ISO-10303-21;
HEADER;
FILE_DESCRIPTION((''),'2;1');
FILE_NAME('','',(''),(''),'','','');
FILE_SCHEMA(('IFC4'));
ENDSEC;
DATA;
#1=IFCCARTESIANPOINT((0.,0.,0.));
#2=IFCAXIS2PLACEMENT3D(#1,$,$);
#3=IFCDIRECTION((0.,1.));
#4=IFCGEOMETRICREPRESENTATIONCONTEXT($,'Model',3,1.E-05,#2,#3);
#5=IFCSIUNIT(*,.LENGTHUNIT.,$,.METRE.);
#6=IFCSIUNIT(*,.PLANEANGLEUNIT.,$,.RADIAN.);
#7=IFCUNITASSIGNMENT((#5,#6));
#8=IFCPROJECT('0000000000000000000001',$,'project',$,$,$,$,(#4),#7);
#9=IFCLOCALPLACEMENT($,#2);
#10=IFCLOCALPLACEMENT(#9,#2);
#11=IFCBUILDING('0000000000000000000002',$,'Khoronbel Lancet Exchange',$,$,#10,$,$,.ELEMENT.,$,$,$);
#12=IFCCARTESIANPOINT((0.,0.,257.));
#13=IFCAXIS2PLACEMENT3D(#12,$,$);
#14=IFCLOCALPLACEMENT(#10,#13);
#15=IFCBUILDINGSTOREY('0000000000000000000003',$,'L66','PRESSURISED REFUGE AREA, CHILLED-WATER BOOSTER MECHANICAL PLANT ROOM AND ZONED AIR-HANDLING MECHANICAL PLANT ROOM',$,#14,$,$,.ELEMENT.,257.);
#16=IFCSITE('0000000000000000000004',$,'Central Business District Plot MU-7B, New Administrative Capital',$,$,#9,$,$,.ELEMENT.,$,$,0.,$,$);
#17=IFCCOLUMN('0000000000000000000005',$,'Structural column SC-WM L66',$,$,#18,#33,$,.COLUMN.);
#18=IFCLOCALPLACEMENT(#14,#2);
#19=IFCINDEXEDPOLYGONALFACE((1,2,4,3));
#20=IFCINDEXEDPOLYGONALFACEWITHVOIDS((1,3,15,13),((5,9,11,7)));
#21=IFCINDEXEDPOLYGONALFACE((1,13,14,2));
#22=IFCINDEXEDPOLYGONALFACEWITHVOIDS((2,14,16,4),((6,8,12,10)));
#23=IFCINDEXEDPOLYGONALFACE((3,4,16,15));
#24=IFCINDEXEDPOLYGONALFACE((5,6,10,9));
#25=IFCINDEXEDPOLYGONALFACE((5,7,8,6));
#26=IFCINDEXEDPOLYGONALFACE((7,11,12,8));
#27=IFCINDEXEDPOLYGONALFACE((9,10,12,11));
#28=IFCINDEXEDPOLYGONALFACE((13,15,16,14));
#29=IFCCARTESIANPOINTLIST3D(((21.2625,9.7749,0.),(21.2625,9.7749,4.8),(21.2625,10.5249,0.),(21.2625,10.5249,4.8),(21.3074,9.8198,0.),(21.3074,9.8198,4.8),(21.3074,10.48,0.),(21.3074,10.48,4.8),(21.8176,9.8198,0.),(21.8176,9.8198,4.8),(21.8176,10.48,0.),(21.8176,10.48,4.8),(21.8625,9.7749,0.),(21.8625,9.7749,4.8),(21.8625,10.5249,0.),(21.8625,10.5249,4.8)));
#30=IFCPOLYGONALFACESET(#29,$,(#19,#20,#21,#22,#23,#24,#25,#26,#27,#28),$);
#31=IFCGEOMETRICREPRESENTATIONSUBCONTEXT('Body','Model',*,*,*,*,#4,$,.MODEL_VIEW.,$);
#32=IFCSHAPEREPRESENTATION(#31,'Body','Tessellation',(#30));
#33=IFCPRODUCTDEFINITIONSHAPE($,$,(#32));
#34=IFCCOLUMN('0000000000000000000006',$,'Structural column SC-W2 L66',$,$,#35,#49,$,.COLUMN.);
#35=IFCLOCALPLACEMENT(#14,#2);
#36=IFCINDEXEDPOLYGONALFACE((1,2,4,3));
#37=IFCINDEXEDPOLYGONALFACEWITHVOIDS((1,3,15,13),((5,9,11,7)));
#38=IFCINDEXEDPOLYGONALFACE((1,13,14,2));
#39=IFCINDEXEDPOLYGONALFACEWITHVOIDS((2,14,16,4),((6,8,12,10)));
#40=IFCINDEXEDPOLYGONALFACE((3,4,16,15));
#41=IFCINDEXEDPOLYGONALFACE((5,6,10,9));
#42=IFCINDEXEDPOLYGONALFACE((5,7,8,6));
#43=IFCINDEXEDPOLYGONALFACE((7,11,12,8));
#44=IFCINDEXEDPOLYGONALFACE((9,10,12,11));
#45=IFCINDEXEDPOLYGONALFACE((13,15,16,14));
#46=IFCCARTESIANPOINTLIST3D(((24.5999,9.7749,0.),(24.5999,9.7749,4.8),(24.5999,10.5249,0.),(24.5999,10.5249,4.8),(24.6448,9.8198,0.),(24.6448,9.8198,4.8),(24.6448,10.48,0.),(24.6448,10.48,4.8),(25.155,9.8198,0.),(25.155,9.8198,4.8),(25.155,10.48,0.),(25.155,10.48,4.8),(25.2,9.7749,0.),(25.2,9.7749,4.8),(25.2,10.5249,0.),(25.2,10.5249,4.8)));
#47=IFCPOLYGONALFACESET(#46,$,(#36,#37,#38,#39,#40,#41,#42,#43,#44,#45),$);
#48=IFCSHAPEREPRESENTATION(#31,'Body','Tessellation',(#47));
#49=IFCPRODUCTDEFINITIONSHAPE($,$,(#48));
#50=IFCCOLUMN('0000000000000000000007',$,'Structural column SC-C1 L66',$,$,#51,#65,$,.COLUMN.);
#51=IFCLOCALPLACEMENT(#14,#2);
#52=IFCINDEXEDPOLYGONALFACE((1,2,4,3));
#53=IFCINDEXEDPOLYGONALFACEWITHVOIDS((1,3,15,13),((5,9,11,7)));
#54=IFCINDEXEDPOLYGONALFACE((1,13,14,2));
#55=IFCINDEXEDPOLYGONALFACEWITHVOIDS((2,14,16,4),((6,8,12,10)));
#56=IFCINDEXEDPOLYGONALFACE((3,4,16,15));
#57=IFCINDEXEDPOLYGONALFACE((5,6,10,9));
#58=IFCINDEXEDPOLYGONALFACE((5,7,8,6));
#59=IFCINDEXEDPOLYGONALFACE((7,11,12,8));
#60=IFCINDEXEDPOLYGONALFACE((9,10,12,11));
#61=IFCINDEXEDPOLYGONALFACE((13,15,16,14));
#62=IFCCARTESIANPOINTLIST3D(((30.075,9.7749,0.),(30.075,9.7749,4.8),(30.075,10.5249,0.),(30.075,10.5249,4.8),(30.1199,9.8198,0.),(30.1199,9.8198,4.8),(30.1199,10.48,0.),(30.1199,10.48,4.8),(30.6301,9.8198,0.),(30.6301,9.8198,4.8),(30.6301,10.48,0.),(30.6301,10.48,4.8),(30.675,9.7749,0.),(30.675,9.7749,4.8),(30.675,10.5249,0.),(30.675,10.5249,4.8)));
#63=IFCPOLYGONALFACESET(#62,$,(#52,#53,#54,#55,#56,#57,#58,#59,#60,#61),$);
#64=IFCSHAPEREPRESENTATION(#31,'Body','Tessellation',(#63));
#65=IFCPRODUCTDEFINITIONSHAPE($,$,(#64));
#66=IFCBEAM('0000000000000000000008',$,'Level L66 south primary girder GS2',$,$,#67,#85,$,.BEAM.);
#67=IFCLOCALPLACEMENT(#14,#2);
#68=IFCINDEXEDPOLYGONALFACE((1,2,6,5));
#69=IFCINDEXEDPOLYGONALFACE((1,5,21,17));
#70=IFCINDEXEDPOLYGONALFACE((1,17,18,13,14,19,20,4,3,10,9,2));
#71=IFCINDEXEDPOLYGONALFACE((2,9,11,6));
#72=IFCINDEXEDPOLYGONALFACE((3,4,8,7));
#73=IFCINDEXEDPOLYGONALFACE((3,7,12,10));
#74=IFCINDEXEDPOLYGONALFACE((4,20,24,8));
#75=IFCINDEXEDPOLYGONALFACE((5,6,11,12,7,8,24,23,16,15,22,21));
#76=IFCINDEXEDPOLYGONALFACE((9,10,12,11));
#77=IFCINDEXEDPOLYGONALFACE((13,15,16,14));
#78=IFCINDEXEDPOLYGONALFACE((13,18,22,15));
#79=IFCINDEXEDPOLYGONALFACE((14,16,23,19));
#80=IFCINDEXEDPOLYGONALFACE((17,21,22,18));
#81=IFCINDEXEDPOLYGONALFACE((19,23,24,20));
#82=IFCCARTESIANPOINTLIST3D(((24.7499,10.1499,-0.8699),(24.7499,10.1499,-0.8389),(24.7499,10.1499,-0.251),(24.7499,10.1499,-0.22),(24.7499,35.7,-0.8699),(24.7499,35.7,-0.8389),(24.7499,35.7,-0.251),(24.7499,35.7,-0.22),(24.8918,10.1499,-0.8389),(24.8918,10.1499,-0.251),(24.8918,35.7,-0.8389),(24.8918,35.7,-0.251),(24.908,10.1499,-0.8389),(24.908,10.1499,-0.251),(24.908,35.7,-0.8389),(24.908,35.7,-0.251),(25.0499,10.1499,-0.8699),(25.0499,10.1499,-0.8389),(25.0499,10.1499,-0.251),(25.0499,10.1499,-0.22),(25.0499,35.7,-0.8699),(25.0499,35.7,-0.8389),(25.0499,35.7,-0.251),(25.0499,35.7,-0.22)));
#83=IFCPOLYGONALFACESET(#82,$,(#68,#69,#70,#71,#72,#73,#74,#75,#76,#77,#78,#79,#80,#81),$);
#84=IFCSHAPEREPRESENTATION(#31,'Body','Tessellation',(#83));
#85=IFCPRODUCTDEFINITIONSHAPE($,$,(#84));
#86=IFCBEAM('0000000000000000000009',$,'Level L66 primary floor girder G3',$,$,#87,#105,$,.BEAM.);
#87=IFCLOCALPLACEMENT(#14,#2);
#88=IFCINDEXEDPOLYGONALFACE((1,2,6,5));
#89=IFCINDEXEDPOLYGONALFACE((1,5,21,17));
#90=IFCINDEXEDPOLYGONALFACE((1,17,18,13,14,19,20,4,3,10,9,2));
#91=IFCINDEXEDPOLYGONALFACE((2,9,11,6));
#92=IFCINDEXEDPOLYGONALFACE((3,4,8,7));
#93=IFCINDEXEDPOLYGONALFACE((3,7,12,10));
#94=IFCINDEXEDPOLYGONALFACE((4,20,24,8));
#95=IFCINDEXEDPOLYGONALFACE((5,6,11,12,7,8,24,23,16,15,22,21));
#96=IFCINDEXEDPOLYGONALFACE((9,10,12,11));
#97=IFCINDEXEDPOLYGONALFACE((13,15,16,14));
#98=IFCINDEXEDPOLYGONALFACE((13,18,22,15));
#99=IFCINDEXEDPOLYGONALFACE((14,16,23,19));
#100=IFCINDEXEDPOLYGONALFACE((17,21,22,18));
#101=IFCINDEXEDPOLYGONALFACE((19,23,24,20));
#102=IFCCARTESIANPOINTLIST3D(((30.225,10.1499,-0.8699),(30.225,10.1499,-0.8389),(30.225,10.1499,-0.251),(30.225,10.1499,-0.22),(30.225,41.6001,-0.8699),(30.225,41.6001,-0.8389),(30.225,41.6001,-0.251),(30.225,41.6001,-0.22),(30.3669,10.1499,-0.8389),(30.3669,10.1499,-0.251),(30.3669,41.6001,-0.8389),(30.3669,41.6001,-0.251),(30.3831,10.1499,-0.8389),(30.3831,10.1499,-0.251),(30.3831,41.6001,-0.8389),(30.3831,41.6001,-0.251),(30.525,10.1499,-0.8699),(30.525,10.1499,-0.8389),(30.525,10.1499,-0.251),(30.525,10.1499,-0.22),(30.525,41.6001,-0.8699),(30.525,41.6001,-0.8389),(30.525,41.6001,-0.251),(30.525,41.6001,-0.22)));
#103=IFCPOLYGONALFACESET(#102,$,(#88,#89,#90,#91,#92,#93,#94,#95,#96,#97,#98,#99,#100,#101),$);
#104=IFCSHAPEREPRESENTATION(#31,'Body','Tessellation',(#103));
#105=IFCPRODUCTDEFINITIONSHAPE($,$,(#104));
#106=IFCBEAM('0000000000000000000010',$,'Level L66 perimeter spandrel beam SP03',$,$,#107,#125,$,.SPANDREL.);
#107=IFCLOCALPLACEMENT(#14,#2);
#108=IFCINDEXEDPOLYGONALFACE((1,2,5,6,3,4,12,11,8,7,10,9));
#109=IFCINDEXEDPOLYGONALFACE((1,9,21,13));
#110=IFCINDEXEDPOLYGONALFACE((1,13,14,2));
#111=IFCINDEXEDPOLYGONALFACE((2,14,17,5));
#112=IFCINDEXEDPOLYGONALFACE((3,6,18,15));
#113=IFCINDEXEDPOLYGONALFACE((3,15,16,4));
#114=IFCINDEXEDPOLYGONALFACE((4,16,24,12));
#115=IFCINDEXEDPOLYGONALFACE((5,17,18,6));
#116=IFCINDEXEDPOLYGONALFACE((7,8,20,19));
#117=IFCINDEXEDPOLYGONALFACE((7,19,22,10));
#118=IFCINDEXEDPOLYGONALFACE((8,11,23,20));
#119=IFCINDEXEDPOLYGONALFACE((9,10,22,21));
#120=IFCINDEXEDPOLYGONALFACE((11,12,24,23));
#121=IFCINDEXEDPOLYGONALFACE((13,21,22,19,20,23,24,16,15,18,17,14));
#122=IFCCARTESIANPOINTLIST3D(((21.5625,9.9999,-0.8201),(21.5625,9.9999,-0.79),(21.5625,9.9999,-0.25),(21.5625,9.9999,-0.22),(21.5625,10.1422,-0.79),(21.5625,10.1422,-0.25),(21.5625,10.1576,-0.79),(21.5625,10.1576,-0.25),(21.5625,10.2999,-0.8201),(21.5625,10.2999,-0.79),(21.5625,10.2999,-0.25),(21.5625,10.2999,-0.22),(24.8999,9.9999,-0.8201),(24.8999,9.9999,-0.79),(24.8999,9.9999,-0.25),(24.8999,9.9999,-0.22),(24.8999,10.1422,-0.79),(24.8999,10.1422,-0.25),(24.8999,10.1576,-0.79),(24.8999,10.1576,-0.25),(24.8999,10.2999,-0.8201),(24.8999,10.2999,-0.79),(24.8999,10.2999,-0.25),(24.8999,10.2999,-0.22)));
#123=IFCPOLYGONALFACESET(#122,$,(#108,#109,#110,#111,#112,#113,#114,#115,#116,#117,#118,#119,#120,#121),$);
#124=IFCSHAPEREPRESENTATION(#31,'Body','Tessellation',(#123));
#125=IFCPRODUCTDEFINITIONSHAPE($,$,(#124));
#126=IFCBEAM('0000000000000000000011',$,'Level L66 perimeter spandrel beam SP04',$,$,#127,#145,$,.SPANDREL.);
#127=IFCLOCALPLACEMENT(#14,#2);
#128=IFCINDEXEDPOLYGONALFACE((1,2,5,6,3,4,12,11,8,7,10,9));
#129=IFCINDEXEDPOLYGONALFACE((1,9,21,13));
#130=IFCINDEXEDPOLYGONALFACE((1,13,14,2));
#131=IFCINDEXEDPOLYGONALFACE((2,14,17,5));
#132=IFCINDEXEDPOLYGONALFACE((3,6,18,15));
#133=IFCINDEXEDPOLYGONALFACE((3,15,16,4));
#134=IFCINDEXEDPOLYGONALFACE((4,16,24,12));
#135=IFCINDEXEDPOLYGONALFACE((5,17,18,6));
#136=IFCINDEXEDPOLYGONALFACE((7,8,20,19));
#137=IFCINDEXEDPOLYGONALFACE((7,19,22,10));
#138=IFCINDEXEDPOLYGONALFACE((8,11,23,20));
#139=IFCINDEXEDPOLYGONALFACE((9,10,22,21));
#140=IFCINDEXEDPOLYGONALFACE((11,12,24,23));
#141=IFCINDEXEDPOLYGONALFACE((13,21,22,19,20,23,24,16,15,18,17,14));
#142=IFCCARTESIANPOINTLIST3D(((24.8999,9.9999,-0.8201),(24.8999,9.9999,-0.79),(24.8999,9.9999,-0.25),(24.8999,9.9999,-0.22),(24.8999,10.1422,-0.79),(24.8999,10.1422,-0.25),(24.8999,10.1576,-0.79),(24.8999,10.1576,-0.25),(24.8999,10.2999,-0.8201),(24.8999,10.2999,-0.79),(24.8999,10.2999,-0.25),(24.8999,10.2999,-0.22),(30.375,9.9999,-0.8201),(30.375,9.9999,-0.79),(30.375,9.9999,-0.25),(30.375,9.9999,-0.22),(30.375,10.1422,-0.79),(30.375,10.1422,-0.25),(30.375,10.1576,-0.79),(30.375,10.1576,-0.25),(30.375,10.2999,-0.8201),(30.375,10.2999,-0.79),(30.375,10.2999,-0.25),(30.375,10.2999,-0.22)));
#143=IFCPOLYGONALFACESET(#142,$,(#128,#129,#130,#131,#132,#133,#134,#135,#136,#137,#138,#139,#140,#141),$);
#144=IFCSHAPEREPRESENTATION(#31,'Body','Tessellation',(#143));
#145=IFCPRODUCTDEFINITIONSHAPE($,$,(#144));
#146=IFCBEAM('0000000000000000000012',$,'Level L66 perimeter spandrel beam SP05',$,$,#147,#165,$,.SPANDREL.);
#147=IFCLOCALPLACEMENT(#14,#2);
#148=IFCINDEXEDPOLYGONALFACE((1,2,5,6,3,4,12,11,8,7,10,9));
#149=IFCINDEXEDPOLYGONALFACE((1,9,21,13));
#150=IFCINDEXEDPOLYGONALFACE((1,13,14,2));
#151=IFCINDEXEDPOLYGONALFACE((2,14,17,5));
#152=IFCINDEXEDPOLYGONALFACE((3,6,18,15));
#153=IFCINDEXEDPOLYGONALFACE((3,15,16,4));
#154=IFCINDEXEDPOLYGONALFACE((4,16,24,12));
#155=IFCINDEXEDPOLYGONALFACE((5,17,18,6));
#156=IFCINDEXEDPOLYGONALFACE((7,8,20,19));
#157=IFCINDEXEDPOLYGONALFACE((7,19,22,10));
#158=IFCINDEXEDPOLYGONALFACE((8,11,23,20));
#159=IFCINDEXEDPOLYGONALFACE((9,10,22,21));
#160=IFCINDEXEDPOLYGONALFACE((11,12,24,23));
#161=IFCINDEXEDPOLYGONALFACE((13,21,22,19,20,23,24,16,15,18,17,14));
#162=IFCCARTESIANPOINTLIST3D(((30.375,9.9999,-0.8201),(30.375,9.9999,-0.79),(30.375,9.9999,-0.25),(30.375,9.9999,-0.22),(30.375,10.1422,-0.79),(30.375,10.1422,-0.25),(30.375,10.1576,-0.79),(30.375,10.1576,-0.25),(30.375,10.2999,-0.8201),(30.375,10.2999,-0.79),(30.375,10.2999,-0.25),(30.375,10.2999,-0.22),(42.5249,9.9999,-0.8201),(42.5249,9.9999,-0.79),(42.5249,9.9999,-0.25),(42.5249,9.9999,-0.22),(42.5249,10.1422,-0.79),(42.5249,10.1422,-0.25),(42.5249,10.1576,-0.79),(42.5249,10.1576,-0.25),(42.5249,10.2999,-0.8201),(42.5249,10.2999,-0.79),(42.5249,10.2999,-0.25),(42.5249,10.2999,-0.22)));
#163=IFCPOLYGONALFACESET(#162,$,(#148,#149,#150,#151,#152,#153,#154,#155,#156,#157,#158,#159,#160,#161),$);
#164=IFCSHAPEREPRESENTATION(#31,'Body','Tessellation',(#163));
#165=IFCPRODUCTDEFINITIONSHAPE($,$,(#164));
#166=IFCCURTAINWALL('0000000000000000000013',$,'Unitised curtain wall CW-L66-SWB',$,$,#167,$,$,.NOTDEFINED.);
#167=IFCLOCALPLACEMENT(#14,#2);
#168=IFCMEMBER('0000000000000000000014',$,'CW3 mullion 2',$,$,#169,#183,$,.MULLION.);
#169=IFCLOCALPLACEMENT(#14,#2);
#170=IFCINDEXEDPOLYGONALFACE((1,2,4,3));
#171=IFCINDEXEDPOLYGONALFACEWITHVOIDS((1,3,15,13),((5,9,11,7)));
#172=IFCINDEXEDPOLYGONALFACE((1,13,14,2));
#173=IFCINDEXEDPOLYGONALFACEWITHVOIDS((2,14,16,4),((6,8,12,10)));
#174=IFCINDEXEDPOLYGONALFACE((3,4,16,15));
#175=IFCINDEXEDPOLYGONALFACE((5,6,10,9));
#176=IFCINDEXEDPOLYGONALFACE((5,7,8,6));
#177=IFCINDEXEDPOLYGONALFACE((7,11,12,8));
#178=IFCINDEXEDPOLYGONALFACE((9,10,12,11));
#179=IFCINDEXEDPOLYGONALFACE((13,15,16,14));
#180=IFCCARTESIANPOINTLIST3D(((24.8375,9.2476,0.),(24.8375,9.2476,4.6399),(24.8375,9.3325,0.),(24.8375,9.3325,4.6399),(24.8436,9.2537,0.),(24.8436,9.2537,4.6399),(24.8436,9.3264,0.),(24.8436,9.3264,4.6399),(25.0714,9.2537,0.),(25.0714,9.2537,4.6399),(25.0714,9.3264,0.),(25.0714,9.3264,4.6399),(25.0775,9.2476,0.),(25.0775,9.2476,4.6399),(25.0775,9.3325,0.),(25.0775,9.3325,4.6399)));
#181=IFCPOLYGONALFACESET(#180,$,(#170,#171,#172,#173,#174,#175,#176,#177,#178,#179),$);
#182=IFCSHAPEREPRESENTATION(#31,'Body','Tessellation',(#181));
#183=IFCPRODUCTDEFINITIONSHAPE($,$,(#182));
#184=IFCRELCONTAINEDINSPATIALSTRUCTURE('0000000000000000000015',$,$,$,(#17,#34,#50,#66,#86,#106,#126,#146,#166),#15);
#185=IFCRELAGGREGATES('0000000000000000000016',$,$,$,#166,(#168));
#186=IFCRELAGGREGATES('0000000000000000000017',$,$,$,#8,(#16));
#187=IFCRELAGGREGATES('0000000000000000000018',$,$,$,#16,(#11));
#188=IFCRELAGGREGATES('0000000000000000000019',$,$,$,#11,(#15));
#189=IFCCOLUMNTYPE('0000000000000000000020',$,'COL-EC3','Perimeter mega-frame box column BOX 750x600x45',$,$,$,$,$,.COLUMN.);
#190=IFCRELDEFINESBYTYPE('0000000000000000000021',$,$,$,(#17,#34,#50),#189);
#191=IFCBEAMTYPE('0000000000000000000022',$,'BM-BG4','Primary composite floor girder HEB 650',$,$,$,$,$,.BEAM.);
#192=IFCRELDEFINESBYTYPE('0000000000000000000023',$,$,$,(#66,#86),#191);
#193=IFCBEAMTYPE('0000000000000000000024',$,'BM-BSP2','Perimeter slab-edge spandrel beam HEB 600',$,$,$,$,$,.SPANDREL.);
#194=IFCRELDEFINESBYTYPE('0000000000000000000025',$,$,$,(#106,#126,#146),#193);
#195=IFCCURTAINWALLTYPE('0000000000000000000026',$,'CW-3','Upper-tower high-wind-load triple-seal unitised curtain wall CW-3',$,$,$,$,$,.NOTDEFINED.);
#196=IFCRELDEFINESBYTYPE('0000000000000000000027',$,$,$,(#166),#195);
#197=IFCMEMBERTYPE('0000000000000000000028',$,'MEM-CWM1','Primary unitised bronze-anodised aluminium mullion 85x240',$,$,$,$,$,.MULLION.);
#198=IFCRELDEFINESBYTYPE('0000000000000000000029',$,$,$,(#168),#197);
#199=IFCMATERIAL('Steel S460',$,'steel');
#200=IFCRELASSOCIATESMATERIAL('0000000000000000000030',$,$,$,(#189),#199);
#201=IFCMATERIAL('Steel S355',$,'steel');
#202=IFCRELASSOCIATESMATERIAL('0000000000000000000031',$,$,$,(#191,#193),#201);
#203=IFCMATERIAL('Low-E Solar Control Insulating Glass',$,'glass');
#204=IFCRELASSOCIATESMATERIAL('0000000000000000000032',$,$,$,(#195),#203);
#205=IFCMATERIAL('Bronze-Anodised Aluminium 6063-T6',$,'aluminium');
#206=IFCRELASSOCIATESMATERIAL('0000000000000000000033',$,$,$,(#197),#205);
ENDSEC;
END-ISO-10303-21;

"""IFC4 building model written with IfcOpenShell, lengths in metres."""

from ifc_helpers import new_model, si_unit, direction, frame, origin, origin_2d, place, context, subcontext, project, spatial, hollow_rectangle, i_section, extrude, material, material_profile, profile_set, type_object, element, aggregate, save


model = new_model("IFC4")

# Units and contexts
model_context = context("Model", 3, precision=1e-05, world=origin(), true_north=direction((0.0, 1.0)))
body_context = subcontext(model_context, "Body", "Model", "MODEL_VIEW")
ifc_project = project(units=[si_unit("LENGTHUNIT", "METRE"), si_unit("PLANEANGLEUNIT", "RADIAN")], contexts=[model_context])

# Site, building, storey
site_placement = place(None, origin())
site = spatial("IfcSite", under=ifc_project, at=site_placement, Name="Central Business District Plot MU-7B, New Administrative Capital", CompositionType="ELEMENT", RefElevation=0.0)
building_placement = place(site_placement, origin())
building = spatial("IfcBuilding", under=site, at=building_placement, Name="Khoronbel Lancet Exchange", CompositionType="ELEMENT")
storey_placement = place(building_placement, frame((0.0, 0.0, 257.0)))
storey = spatial("IfcBuildingStorey", under=building, at=storey_placement, Name="L66", Description="PRESSURISED REFUGE AREA, CHILLED-WATER BOOSTER MECHANICAL PLANT ROOM AND ZONED AIR-HANDLING MECHANICAL PLANT ROOM", CompositionType="ELEMENT", Elevation=257.0)

# Columns
ifc_material_1 = material(Name="Steel S460", Category="steel")
ifc_material_profile_1 = material_profile(ifc_material_1, hollow_rectangle(XDim=0.6001, YDim=0.75, WallThickness=0.0449, at=origin_2d()), Name="BOX 750x600x45")
ifc_profile_set_1 = profile_set([ifc_material_profile_1], Name="Steel S460")
column_type = type_object("IfcColumnType", Name="COL-EC3", Description="Perimeter mega-frame box column BOX 750x600x45", PredefinedType="COLUMN", material=ifc_profile_set_1)
for number, where, z_axis, x_axis, name in (
    (1, (21.5625, 10.1499, 0.0), (0.0, 0.0, 1.0), (1.0, 0.0, 0.0), "Structural column SC-WM L66"),
    (2, (24.8999, 10.1499, 0.0), (0.0, 0.0, 1.0), (1.0, 0.0, 0.0), "Structural column SC-W2 L66"),
    (3, (30.375, 10.1499, 0.0), (0.0, 0.0, 1.0), (1.0, 0.0, 0.0), "Structural column SC-C1 L66"),
):
    element("IfcColumn", number, at=place(storey_placement, frame(where, z_axis=z_axis, x_axis=x_axis)), inside=storey, type_object=column_type, Name=name, PredefinedType="COLUMN", context=body_context, shape_type="SweptSolid", body=[
        extrude(hollow_rectangle(XDim=0.6001, YDim=0.75, WallThickness=0.0449, at=origin_2d()), origin(), (0.0, 0.0, 1.0), 4.8),
    ])

# Beams
ifc_material_2 = material(Name="Steel S355", Category="steel")
ifc_material_profile_2 = material_profile(ifc_material_2, i_section(OverallWidth=0.3, OverallDepth=0.6499, WebThickness=0.0161, FlangeThickness=0.031, at=origin_2d()), Name="HEB 650")
ifc_profile_set_2 = profile_set([ifc_material_profile_2], Name="Steel S355")
beam_type_1 = type_object("IfcBeamType", Name="BM-BG4", Description="Primary composite floor girder HEB 650", PredefinedType="BEAM", material=ifc_profile_set_2)
beam_1_placement = place(storey_placement, frame((24.8999, 10.1499, -0.5449), z_axis=(0.0, 1.0, 0.0), x_axis=(-1.0, 0.0, 0.0)))
element("IfcBeam", 4, at=beam_1_placement, inside=storey, type_object=beam_type_1, Name="Level L66 south primary girder GS2", PredefinedType="BEAM", context=body_context, shape_type="SweptSolid", body=[
    extrude(i_section(OverallWidth=0.3, OverallDepth=0.6499, WebThickness=0.0161, FlangeThickness=0.031, at=origin_2d()), origin(), (0.0, 0.0, 1.0), 25.55),
])
beam_2_placement = place(storey_placement, frame((30.375, 10.1499, -0.5449), z_axis=(0.0, 1.0, 0.0), x_axis=(-1.0, 0.0, 0.0)))
element("IfcBeam", 5, at=beam_2_placement, inside=storey, type_object=beam_type_1, Name="Level L66 primary floor girder G3", PredefinedType="BEAM", context=body_context, shape_type="SweptSolid", body=[
    extrude(i_section(OverallWidth=0.3, OverallDepth=0.6499, WebThickness=0.0161, FlangeThickness=0.031, at=origin_2d()), origin(), (0.0, 0.0, 1.0), 31.4502),
])
ifc_material_profile_3 = material_profile(ifc_material_2, i_section(OverallWidth=0.3, OverallDepth=0.6001, WebThickness=0.0154, FlangeThickness=0.03, at=origin_2d()), Name="HEB 600")
ifc_profile_set_3 = profile_set([ifc_material_profile_3], Name="Steel S355")
beam_type_2 = type_object("IfcBeamType", Name="BM-BSP2", Description="Perimeter slab-edge spandrel beam HEB 600", PredefinedType="SPANDREL", material=ifc_profile_set_3)
beam_3_placement = place(storey_placement, frame((21.5625, 10.1499, -0.52), z_axis=(1.0, 0.0, 0.0), x_axis=(0.0, 1.0, 0.0)))
element("IfcBeam", 6, at=beam_3_placement, inside=storey, type_object=beam_type_2, Name="Level L66 perimeter spandrel beam SP03", PredefinedType="SPANDREL", context=body_context, shape_type="SweptSolid", body=[
    extrude(i_section(OverallWidth=0.3, OverallDepth=0.6001, WebThickness=0.0154, FlangeThickness=0.03, at=origin_2d()), origin(), (0.0, 0.0, 1.0), 3.3374),
])
beam_4_placement = place(storey_placement, frame((24.8999, 10.1499, -0.52), z_axis=(1.0, 0.0, 0.0), x_axis=(0.0, 1.0, 0.0)))
element("IfcBeam", 7, at=beam_4_placement, inside=storey, type_object=beam_type_2, Name="Level L66 perimeter spandrel beam SP04", PredefinedType="SPANDREL", context=body_context, shape_type="SweptSolid", body=[
    extrude(i_section(OverallWidth=0.3, OverallDepth=0.6001, WebThickness=0.0154, FlangeThickness=0.03, at=origin_2d()), origin(), (0.0, 0.0, 1.0), 5.4751),
])
beam_5_placement = place(storey_placement, frame((30.375, 10.1499, -0.52), z_axis=(1.0, 0.0, 0.0), x_axis=(0.0, 1.0, 0.0)))
element("IfcBeam", 8, at=beam_5_placement, inside=storey, type_object=beam_type_2, Name="Level L66 perimeter spandrel beam SP05", PredefinedType="SPANDREL", context=body_context, shape_type="SweptSolid", body=[
    extrude(i_section(OverallWidth=0.3, OverallDepth=0.6001, WebThickness=0.0154, FlangeThickness=0.03, at=origin_2d()), origin(), (0.0, 0.0, 1.0), 12.1499),
])

# Curtain wall, member
ifc_material_3 = material(Name="Low-E Solar Control Insulating Glass", Category="glass")
curtain_wall_type = type_object("IfcCurtainWallType", Name="CW-3", Description="Upper-tower high-wind-load triple-seal unitised curtain wall CW-3", PredefinedType="NOTDEFINED", material=ifc_material_3)
curtain_wall_1_placement = place(storey_placement, origin())
curtain_wall_1 = element("IfcCurtainWall", 9, at=curtain_wall_1_placement, inside=storey, type_object=curtain_wall_type, Name="Unitised curtain wall CW-L66-SWB", PredefinedType="NOTDEFINED")
ifc_material_4 = material(Name="Bronze-Anodised Aluminium 6063-T6", Category="aluminium")
ifc_material_profile_4 = material_profile(ifc_material_4, hollow_rectangle(XDim=0.085, YDim=0.24, WallThickness=0.0061, at=origin_2d()), Name="ALU MULLION 85x240")
ifc_profile_set_4 = profile_set([ifc_material_profile_4], Name="Bronze-Anodised Aluminium 6063-T6")
member_type_1 = type_object("IfcMemberType", Name="MEM-CWM1", Description="Primary unitised bronze-anodised aluminium mullion 85x240", PredefinedType="MULLION", material=ifc_profile_set_4)
member_1_placement = place(storey_placement, frame((24.9575, 9.29, 0.0), z_axis=(0.0, 0.0, 1.0), x_axis=(0.0, 1.0, 0.0)))
member_1 = element("IfcMember", 10, at=member_1_placement, type_object=member_type_1, Name="CW3 mullion 2", PredefinedType="MULLION", context=body_context, shape_type="SweptSolid", body=[
    extrude(hollow_rectangle(XDim=0.085, YDim=0.24, WallThickness=0.0061, at=origin_2d()), origin(), (0.0, 0.0, 1.0), 4.6399),
])
aggregate(curtain_wall_1, [member_1])

save(model, "model.ifc")
